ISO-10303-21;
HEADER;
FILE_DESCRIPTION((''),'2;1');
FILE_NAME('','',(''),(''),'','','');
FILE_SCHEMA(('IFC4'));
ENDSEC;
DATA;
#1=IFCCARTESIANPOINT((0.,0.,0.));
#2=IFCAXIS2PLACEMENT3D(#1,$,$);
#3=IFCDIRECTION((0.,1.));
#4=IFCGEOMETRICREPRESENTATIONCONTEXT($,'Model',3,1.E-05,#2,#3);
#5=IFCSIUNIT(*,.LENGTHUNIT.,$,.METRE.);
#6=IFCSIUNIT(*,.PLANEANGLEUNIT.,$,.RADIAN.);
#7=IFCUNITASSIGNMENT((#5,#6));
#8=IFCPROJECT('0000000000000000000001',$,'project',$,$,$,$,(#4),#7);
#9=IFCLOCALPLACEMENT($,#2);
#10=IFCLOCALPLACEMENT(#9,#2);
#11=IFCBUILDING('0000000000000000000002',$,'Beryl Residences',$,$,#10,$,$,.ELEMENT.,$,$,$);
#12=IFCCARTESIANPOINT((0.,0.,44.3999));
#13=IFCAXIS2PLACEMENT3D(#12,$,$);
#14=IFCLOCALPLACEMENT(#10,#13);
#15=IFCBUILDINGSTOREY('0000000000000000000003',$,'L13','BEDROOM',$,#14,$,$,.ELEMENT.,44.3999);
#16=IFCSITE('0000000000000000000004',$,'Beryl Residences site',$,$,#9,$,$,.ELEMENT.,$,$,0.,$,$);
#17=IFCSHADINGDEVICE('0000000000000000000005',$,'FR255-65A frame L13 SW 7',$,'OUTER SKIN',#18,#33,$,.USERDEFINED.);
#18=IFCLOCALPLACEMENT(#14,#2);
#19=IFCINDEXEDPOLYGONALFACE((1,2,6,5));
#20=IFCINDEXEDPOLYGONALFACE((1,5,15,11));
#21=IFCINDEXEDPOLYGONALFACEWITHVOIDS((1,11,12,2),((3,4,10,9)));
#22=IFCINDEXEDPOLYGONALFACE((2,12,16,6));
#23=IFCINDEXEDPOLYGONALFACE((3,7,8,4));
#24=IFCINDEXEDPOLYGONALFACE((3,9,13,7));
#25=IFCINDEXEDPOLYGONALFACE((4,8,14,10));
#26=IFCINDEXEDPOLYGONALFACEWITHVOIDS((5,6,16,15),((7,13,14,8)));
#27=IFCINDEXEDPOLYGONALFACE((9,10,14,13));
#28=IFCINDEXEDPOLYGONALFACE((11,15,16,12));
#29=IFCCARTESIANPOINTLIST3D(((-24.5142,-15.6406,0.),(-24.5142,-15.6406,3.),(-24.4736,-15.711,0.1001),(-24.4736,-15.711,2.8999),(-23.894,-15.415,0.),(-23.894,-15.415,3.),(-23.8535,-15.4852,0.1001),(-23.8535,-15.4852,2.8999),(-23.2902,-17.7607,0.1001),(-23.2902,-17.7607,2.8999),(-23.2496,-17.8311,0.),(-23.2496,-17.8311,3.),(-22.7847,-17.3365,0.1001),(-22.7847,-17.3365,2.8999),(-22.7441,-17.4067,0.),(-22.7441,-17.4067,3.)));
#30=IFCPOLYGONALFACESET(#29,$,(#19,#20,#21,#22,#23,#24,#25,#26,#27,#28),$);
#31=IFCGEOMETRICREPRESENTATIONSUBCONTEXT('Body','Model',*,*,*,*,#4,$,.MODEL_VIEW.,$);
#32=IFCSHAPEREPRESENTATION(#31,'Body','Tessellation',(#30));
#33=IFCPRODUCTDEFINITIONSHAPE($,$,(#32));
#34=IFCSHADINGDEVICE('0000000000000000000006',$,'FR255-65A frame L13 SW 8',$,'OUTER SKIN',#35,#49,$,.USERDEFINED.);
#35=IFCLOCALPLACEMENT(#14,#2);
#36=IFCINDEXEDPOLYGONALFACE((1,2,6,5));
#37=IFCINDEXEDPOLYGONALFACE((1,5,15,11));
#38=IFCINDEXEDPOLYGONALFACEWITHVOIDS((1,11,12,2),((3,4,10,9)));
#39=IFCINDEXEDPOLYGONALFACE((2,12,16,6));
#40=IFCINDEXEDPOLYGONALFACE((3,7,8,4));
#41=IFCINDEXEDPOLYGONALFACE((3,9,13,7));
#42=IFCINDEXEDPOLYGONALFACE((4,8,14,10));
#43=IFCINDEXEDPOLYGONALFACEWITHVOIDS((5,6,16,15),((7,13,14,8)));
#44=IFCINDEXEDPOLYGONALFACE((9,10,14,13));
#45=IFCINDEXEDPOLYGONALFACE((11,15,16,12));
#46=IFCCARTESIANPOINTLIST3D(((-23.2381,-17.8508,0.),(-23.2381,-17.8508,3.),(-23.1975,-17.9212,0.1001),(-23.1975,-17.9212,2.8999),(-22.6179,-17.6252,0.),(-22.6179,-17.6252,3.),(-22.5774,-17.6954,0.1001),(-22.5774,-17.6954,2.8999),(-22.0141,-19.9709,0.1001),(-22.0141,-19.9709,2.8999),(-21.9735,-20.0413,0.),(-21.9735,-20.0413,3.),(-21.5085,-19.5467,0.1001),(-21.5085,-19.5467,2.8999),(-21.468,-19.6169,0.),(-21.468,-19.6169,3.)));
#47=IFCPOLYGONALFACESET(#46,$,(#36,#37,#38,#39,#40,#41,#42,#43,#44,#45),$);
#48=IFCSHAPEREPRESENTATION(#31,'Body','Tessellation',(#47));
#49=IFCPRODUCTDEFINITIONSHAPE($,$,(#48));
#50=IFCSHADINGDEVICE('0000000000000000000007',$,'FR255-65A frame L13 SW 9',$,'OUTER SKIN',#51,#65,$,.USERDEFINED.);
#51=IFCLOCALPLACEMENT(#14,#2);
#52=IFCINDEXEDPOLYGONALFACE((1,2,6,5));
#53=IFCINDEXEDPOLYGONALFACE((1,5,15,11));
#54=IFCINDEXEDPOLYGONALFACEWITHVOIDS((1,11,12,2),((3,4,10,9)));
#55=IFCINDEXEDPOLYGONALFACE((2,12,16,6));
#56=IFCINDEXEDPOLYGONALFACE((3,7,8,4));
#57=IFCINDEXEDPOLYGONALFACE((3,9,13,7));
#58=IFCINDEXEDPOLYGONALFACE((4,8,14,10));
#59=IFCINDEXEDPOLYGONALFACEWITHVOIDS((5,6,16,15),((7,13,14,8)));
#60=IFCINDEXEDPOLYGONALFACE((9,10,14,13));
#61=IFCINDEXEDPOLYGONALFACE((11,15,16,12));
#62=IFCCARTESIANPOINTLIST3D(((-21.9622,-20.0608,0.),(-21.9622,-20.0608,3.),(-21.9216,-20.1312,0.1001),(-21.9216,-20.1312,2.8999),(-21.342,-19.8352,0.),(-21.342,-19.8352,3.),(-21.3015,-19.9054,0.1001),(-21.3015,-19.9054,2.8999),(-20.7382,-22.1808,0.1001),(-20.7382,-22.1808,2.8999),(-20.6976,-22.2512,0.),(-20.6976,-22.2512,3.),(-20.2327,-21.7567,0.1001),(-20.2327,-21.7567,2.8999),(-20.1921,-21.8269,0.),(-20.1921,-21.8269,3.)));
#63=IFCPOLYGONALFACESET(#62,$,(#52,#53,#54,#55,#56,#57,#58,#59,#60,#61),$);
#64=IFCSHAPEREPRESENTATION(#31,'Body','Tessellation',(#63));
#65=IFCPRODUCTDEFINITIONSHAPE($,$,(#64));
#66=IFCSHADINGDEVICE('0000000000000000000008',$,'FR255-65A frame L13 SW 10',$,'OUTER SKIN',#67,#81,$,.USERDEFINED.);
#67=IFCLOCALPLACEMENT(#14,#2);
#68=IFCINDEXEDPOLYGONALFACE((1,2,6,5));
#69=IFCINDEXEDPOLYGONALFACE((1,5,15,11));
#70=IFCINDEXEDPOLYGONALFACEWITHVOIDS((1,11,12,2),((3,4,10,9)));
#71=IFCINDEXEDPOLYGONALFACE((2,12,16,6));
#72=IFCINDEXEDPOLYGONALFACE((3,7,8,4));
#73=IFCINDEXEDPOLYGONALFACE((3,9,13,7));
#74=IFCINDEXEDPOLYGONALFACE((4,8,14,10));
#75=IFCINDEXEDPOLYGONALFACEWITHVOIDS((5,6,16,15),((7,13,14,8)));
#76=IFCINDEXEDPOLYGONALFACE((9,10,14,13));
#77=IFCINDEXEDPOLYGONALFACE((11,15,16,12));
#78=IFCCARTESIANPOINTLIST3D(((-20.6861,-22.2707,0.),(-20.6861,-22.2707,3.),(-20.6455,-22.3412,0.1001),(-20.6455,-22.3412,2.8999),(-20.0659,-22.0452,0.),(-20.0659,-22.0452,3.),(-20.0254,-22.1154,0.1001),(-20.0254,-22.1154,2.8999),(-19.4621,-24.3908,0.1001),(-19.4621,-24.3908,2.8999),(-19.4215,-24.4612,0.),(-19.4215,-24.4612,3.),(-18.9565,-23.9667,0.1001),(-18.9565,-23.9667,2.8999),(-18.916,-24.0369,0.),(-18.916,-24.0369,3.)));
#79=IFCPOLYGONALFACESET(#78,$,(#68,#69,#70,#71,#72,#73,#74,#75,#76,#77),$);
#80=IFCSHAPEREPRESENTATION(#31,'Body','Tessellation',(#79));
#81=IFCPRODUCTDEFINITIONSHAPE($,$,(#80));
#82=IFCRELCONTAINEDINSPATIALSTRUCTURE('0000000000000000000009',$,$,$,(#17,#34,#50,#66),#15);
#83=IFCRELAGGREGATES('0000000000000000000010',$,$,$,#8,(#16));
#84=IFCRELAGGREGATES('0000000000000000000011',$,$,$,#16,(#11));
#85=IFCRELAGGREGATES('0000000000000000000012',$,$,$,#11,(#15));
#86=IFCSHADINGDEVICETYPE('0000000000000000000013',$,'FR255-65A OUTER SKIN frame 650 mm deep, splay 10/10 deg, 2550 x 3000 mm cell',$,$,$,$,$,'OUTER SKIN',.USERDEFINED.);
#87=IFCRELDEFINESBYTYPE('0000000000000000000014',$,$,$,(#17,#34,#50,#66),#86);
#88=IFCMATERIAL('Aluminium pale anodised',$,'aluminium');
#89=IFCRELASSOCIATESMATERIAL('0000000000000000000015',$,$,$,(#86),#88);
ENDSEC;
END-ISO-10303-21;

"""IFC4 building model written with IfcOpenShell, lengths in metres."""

from ifc_helpers import new_model, entity, si_unit, direction, frame, origin, place, context, subcontext, project, spatial, source, transform, mapped, material, type_object, type_shapes, element, save


model = new_model("IFC4")

# Units and contexts
model_context = context("Model", 3, precision=1e-05, world=origin(), true_north=direction((0.0, 1.0)))
body_context = subcontext(model_context, "Body", "Model", "MODEL_VIEW")
ifc_project = project(units=[si_unit("LENGTHUNIT", "METRE"), si_unit("PLANEANGLEUNIT", "RADIAN")], contexts=[model_context])

# Site, building, storey
site_placement = place(None, origin())
site = spatial("IfcSite", under=ifc_project, at=site_placement, Name="Beryl Residences site", CompositionType="ELEMENT", RefElevation=0.0)
building_placement = place(site_placement, origin())
building = spatial("IfcBuilding", under=site, at=building_placement, Name="Beryl Residences", CompositionType="ELEMENT")
storey_placement = place(building_placement, frame((0.0, 0.0, 44.3999)))
storey = spatial("IfcBuildingStorey", under=building, at=storey_placement, Name="L13", Description="BEDROOM", CompositionType="ELEMENT", Elevation=44.3999)

# Shading devices
ifc_material_1 = material(Name="Aluminium pale anodised", Category="aluminium")
shading_device_type_1 = type_object("IfcShadingDeviceType", Name="FR255-65A OUTER SKIN frame 650 mm deep, splay 10/10 deg, 2550 x 3000 mm cell", ElementType="OUTER SKIN", PredefinedType="USERDEFINED", material=ifc_material_1)
cartesian_point_1 = entity("IfcCartesianPoint", [-1.1499, 0.0])
cartesian_point_2 = entity("IfcCartesianPoint", [-1.0688, 0.1001])
cartesian_point_3 = entity("IfcCartesianPoint", [-1.2646, 0.0])
cartesian_point_4 = entity("IfcCartesianPoint", [-1.1833, 0.1001])
shared_shape_1 = source(origin(), body_context, "Body", "SweptSolid", [
    entity("IfcExtrudedAreaSolidTapered", entity("IfcArbitraryProfileDefWithVoids", "AREA", None, entity("IfcPolyline", [cartesian_point_1, entity("IfcCartesianPoint", [1.1499, 0.0]), entity("IfcCartesianPoint", [1.1499, 3.0]), entity("IfcCartesianPoint", [-1.1499, 3.0]), cartesian_point_1]), [entity("IfcPolyline", [cartesian_point_2, entity("IfcCartesianPoint", [1.0688, 0.1001]), entity("IfcCartesianPoint", [1.0688, 2.8999]), entity("IfcCartesianPoint", [-1.0688, 2.8999]), cartesian_point_2])]), entity("IfcAxis2Placement3D", entity("IfcCartesianPoint", [0.0, 0.0, 0.0]), entity("IfcDirection", [0.0, 1.0, 0.0]), entity("IfcDirection", [-1.0, 0.0, 0.0])), entity("IfcDirection", [0.0, 0.0, 1.0]), 0.6499, entity("IfcArbitraryProfileDefWithVoids", "AREA", None, entity("IfcPolyline", [cartesian_point_3, entity("IfcCartesianPoint", [1.2646, 0.0]), entity("IfcCartesianPoint", [1.2646, 3.0]), entity("IfcCartesianPoint", [-1.2646, 3.0]), cartesian_point_3]), [entity("IfcPolyline", [cartesian_point_4, entity("IfcCartesianPoint", [1.1833, 0.1001]), entity("IfcCartesianPoint", [1.1833, 2.8999]), entity("IfcCartesianPoint", [-1.1833, 2.8999]), cartesian_point_4])])),
])
type_shapes(shading_device_type_1, [shared_shape_1])
for number, where, z_axis, x_axis, name in (
    (1, (-23.3191, -16.4109, 0.0), (0.0, 0.0, 1.0), (-0.5, 0.866025, 0.0), "FR255-65A frame L13 SW 7"),
    (2, (-22.043, -18.6211, 0.0), (0.0, 0.0, 1.0), (-0.5, 0.866025, 0.0), "FR255-65A frame L13 SW 8"),
    (3, (-20.7671, -20.8311, 0.0), (0.0, 0.0, 1.0), (-0.5, 0.866025, 0.0), "FR255-65A frame L13 SW 9"),
    (4, (-19.491, -23.041, 0.0), (0.0, 0.0, 1.0), (-0.5, 0.866025, 0.0), "FR255-65A frame L13 SW 10"),
):
    element("IfcShadingDevice", number, at=place(storey_placement, frame(where, z_axis=z_axis, x_axis=x_axis)), inside=storey, type_object=shading_device_type_1, Name=name, ObjectType="OUTER SKIN", PredefinedType="USERDEFINED", context=body_context, shape_type="MappedRepresentation", body=[
        mapped(shared_shape_1, transform((0.0, 0.0, 0.0))),
    ])

save(model, "model.ifc")
